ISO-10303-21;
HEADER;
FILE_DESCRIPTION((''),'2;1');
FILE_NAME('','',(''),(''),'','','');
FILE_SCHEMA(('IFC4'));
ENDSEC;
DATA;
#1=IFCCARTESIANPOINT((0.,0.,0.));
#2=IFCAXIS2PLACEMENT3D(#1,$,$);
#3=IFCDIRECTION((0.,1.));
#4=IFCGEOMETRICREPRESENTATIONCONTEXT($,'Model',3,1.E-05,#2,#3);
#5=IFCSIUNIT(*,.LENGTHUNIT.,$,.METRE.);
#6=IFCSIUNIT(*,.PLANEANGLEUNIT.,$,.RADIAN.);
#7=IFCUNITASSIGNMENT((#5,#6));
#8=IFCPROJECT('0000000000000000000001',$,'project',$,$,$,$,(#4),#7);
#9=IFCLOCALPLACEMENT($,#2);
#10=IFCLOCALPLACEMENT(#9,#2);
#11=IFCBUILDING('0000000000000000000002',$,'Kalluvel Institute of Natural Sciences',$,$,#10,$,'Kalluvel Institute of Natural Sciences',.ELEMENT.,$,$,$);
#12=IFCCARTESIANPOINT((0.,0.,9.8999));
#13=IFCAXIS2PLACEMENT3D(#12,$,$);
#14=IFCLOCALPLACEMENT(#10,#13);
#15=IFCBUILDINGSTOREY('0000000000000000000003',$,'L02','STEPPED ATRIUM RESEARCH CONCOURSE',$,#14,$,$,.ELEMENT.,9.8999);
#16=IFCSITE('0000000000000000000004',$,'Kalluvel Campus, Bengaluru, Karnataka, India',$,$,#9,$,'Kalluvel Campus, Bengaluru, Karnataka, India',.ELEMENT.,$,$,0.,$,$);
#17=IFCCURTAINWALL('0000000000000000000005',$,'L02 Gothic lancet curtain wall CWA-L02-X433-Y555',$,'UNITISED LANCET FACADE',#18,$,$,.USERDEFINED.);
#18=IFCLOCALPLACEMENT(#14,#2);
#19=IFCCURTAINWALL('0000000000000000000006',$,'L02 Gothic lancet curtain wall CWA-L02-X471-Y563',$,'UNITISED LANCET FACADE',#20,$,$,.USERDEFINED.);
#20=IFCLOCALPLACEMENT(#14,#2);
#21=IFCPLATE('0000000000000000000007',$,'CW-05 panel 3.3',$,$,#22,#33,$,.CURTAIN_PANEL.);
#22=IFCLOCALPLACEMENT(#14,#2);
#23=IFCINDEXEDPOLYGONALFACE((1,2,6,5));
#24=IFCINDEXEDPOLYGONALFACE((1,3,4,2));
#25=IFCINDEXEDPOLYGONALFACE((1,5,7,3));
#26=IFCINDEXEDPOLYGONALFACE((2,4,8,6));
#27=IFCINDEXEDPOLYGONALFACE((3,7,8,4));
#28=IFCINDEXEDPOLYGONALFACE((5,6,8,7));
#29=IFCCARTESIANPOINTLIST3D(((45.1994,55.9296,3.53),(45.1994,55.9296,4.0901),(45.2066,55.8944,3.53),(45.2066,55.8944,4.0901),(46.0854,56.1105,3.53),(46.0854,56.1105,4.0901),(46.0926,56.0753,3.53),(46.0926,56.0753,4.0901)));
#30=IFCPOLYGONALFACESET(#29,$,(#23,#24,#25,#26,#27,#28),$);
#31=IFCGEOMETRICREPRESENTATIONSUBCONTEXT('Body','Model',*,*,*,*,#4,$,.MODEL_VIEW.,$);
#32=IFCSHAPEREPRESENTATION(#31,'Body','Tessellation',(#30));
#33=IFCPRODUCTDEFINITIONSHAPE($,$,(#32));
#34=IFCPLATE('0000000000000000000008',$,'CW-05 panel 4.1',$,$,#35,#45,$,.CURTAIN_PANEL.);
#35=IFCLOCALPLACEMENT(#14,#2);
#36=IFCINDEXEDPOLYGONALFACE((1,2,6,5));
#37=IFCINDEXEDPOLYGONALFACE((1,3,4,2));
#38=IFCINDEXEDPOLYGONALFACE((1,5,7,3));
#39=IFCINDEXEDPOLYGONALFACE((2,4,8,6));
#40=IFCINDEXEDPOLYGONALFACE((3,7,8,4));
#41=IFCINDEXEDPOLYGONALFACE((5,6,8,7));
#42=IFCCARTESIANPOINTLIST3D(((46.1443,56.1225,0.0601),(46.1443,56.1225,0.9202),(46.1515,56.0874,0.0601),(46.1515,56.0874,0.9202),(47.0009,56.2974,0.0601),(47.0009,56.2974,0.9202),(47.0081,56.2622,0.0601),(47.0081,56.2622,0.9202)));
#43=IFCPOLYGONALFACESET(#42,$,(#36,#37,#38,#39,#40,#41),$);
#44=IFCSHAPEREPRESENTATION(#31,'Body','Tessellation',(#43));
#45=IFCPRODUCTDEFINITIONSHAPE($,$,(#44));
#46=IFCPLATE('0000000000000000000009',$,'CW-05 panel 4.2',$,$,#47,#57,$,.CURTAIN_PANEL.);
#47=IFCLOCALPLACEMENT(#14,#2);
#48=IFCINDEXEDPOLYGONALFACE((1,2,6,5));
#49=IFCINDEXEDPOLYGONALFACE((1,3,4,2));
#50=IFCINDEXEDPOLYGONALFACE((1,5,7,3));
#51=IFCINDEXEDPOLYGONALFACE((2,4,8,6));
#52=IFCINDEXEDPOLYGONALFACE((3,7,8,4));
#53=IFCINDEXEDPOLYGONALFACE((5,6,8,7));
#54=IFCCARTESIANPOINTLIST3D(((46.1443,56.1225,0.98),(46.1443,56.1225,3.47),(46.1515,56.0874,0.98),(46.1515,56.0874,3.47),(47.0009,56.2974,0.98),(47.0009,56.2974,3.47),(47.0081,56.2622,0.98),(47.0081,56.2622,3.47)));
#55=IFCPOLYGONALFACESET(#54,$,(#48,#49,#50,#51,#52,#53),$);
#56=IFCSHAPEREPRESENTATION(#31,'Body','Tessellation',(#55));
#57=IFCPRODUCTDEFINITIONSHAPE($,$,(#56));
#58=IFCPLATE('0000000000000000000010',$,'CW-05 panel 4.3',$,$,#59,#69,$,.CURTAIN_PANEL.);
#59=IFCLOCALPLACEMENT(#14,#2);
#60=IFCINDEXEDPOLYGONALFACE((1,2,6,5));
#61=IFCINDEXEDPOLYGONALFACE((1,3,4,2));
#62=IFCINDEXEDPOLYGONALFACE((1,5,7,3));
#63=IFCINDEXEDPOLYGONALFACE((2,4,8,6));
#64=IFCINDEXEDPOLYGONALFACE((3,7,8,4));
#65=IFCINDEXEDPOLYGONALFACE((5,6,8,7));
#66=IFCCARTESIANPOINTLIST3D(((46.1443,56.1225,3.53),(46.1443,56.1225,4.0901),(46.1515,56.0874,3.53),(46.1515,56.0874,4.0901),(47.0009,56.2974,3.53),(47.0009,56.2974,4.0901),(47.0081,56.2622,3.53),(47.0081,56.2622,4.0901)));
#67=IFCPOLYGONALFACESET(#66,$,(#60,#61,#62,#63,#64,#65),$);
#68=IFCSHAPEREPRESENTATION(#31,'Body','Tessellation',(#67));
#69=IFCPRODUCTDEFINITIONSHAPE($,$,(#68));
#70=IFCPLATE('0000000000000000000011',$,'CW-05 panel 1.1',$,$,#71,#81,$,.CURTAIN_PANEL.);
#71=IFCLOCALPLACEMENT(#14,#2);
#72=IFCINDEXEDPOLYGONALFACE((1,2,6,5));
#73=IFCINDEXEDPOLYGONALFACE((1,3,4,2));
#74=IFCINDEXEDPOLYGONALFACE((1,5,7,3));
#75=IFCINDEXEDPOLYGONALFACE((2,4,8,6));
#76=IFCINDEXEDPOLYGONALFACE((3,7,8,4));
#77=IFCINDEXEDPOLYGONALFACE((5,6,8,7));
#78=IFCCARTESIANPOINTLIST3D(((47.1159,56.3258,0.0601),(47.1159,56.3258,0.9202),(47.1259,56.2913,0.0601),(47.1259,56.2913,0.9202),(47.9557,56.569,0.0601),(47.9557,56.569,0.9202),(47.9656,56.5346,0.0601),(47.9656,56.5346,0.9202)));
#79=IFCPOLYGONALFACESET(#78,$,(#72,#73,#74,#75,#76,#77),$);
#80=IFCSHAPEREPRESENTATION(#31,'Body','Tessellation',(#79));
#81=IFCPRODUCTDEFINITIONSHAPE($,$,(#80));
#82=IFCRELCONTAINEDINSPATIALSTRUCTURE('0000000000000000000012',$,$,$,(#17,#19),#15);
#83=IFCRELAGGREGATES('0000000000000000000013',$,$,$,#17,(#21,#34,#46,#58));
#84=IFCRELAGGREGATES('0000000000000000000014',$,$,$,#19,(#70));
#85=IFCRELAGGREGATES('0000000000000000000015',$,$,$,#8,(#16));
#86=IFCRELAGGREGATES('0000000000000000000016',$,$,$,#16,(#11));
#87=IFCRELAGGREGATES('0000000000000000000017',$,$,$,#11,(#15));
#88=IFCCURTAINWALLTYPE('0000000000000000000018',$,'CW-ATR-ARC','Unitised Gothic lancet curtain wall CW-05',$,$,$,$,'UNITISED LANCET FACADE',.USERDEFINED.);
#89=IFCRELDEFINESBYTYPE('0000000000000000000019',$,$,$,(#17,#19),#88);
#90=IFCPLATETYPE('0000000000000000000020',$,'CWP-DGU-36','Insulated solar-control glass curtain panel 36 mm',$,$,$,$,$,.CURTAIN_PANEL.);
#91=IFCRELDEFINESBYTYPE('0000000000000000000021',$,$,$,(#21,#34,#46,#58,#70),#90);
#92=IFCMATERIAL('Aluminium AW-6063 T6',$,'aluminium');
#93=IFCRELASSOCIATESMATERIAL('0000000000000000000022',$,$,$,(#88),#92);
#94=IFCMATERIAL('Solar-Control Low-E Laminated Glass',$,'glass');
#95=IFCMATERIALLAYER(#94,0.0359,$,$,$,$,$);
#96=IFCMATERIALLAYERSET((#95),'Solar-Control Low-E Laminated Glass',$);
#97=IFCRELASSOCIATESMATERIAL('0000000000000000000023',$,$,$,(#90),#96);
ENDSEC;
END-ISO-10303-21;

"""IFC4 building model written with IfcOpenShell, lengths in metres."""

from ifc_helpers import new_model, si_unit, direction, frame, origin, origin_2d, place, context, subcontext, project, spatial, rectangle, extrude, material, layer, layer_set, type_object, element, aggregate, save


model = new_model("IFC4")

# Units and contexts
model_context = context("Model", 3, precision=1e-05, world=origin(), true_north=direction((0.0, 1.0)))
body_context = subcontext(model_context, "Body", "Model", "MODEL_VIEW")
ifc_project = project(units=[si_unit("LENGTHUNIT", "METRE"), si_unit("PLANEANGLEUNIT", "RADIAN")], contexts=[model_context])

# Site, building, storey
site_placement = place(None, origin())
site = spatial("IfcSite", under=ifc_project, at=site_placement, Name="Kalluvel Campus, Bengaluru, Karnataka, India", LongName="Kalluvel Campus, Bengaluru, Karnataka, India", CompositionType="ELEMENT", RefElevation=0.0)
building_placement = place(site_placement, origin())
building = spatial("IfcBuilding", under=site, at=building_placement, Name="Kalluvel Institute of Natural Sciences", LongName="Kalluvel Institute of Natural Sciences", CompositionType="ELEMENT")
storey_placement = place(building_placement, frame((0.0, 0.0, 9.8999)))
storey = spatial("IfcBuildingStorey", under=building, at=storey_placement, Name="L02", Description="STEPPED ATRIUM RESEARCH CONCOURSE", CompositionType="ELEMENT", Elevation=9.8999)

# Curtain wall
ifc_material_1 = material(Name="Aluminium AW-6063 T6", Category="aluminium")
curtain_wall_type = type_object("IfcCurtainWallType", Name="CW-ATR-ARC", Description="Unitised Gothic lancet curtain wall CW-05", ElementType="UNITISED LANCET FACADE", PredefinedType="USERDEFINED", material=ifc_material_1)
curtain_wall_1_placement = place(storey_placement, origin())
curtain_wall_1 = element("IfcCurtainWall", 1, at=curtain_wall_1_placement, inside=storey, type_object=curtain_wall_type, Name="L02 Gothic lancet curtain wall CWA-L02-X433-Y555", ObjectType="UNITISED LANCET FACADE", PredefinedType="USERDEFINED")

# Curtain wall
curtain_wall_2_placement = place(storey_placement, origin())
curtain_wall_2 = element("IfcCurtainWall", 2, at=curtain_wall_2_placement, inside=storey, type_object=curtain_wall_type, Name="L02 Gothic lancet curtain wall CWA-L02-X471-Y563", ObjectType="UNITISED LANCET FACADE", PredefinedType="USERDEFINED")

# Plates
ifc_material_2 = material(Name="Solar-Control Low-E Laminated Glass", Category="glass")
ifc_layer = layer(ifc_material_2, 0.0359)
ifc_layer_set = layer_set([ifc_layer], Name="Solar-Control Low-E Laminated Glass")
plate_type = type_object("IfcPlateType", Name="CWP-DGU-36", Description="Insulated solar-control glass curtain panel 36 mm", PredefinedType="CURTAIN_PANEL", material=ifc_layer_set)
plate_1_placement = place(storey_placement, frame((45.646, 56.0024, 3.53), z_axis=(0.0, 0.0, 1.0), x_axis=(0.97979, 0.200028, 0.0)))
plate_1 = element("IfcPlate", 3, at=plate_1_placement, type_object=plate_type, Name="CW-05 panel 3.3", PredefinedType="CURTAIN_PANEL", context=body_context, shape_type="SweptSolid", body=[
    extrude(rectangle(XDim=0.9043, YDim=0.0359, at=origin_2d()), origin(), (0.0, 0.0, 1.0), 0.5601),
])
plate_2_placement = place(storey_placement, frame((46.5762, 56.1924, 0.0601), z_axis=(0.0, 0.0, 1.0), x_axis=(0.97979, 0.200028, 0.0)))
plate_2 = element("IfcPlate", 4, at=plate_2_placement, type_object=plate_type, Name="CW-05 panel 4.1", PredefinedType="CURTAIN_PANEL", context=body_context, shape_type="SweptSolid", body=[
    extrude(rectangle(XDim=0.8743, YDim=0.0359, at=origin_2d()), origin(), (0.0, 0.0, 1.0), 0.8601),
])
plate_3_placement = place(storey_placement, frame((46.5762, 56.1924, 0.98), z_axis=(0.0, 0.0, 1.0), x_axis=(0.97979, 0.200028, 0.0)))
plate_3 = element("IfcPlate", 5, at=plate_3_placement, type_object=plate_type, Name="CW-05 panel 4.2", PredefinedType="CURTAIN_PANEL", context=body_context, shape_type="SweptSolid", body=[
    extrude(rectangle(XDim=0.8743, YDim=0.0359, at=origin_2d()), origin(), (0.0, 0.0, 1.0), 2.49),
])
plate_4_placement = place(storey_placement, frame((46.5762, 56.1924, 3.53), z_axis=(0.0, 0.0, 1.0), x_axis=(0.97979, 0.200028, 0.0)))
plate_4 = element("IfcPlate", 6, at=plate_4_placement, type_object=plate_type, Name="CW-05 panel 4.3", PredefinedType="CURTAIN_PANEL", context=body_context, shape_type="SweptSolid", body=[
    extrude(rectangle(XDim=0.8743, YDim=0.0359, at=origin_2d()), origin(), (0.0, 0.0, 1.0), 0.5601),
])
aggregate(curtain_wall_1, [plate_1, plate_2, plate_3, plate_4])
plate_5_placement = place(storey_placement, frame((47.5408, 56.4302, 0.0601), z_axis=(0.0, 0.0, 1.0), x_axis=(0.96052, 0.278212, 0.0)))
plate_5 = element("IfcPlate", 7, at=plate_5_placement, type_object=plate_type, Name="CW-05 panel 1.1", PredefinedType="CURTAIN_PANEL", context=body_context, shape_type="SweptSolid", body=[
    extrude(rectangle(XDim=0.8743, YDim=0.0359, at=origin_2d()), origin(), (0.0, 0.0, 1.0), 0.8601),
])
aggregate(curtain_wall_2, [plate_5])

save(model, "model.ifc")
